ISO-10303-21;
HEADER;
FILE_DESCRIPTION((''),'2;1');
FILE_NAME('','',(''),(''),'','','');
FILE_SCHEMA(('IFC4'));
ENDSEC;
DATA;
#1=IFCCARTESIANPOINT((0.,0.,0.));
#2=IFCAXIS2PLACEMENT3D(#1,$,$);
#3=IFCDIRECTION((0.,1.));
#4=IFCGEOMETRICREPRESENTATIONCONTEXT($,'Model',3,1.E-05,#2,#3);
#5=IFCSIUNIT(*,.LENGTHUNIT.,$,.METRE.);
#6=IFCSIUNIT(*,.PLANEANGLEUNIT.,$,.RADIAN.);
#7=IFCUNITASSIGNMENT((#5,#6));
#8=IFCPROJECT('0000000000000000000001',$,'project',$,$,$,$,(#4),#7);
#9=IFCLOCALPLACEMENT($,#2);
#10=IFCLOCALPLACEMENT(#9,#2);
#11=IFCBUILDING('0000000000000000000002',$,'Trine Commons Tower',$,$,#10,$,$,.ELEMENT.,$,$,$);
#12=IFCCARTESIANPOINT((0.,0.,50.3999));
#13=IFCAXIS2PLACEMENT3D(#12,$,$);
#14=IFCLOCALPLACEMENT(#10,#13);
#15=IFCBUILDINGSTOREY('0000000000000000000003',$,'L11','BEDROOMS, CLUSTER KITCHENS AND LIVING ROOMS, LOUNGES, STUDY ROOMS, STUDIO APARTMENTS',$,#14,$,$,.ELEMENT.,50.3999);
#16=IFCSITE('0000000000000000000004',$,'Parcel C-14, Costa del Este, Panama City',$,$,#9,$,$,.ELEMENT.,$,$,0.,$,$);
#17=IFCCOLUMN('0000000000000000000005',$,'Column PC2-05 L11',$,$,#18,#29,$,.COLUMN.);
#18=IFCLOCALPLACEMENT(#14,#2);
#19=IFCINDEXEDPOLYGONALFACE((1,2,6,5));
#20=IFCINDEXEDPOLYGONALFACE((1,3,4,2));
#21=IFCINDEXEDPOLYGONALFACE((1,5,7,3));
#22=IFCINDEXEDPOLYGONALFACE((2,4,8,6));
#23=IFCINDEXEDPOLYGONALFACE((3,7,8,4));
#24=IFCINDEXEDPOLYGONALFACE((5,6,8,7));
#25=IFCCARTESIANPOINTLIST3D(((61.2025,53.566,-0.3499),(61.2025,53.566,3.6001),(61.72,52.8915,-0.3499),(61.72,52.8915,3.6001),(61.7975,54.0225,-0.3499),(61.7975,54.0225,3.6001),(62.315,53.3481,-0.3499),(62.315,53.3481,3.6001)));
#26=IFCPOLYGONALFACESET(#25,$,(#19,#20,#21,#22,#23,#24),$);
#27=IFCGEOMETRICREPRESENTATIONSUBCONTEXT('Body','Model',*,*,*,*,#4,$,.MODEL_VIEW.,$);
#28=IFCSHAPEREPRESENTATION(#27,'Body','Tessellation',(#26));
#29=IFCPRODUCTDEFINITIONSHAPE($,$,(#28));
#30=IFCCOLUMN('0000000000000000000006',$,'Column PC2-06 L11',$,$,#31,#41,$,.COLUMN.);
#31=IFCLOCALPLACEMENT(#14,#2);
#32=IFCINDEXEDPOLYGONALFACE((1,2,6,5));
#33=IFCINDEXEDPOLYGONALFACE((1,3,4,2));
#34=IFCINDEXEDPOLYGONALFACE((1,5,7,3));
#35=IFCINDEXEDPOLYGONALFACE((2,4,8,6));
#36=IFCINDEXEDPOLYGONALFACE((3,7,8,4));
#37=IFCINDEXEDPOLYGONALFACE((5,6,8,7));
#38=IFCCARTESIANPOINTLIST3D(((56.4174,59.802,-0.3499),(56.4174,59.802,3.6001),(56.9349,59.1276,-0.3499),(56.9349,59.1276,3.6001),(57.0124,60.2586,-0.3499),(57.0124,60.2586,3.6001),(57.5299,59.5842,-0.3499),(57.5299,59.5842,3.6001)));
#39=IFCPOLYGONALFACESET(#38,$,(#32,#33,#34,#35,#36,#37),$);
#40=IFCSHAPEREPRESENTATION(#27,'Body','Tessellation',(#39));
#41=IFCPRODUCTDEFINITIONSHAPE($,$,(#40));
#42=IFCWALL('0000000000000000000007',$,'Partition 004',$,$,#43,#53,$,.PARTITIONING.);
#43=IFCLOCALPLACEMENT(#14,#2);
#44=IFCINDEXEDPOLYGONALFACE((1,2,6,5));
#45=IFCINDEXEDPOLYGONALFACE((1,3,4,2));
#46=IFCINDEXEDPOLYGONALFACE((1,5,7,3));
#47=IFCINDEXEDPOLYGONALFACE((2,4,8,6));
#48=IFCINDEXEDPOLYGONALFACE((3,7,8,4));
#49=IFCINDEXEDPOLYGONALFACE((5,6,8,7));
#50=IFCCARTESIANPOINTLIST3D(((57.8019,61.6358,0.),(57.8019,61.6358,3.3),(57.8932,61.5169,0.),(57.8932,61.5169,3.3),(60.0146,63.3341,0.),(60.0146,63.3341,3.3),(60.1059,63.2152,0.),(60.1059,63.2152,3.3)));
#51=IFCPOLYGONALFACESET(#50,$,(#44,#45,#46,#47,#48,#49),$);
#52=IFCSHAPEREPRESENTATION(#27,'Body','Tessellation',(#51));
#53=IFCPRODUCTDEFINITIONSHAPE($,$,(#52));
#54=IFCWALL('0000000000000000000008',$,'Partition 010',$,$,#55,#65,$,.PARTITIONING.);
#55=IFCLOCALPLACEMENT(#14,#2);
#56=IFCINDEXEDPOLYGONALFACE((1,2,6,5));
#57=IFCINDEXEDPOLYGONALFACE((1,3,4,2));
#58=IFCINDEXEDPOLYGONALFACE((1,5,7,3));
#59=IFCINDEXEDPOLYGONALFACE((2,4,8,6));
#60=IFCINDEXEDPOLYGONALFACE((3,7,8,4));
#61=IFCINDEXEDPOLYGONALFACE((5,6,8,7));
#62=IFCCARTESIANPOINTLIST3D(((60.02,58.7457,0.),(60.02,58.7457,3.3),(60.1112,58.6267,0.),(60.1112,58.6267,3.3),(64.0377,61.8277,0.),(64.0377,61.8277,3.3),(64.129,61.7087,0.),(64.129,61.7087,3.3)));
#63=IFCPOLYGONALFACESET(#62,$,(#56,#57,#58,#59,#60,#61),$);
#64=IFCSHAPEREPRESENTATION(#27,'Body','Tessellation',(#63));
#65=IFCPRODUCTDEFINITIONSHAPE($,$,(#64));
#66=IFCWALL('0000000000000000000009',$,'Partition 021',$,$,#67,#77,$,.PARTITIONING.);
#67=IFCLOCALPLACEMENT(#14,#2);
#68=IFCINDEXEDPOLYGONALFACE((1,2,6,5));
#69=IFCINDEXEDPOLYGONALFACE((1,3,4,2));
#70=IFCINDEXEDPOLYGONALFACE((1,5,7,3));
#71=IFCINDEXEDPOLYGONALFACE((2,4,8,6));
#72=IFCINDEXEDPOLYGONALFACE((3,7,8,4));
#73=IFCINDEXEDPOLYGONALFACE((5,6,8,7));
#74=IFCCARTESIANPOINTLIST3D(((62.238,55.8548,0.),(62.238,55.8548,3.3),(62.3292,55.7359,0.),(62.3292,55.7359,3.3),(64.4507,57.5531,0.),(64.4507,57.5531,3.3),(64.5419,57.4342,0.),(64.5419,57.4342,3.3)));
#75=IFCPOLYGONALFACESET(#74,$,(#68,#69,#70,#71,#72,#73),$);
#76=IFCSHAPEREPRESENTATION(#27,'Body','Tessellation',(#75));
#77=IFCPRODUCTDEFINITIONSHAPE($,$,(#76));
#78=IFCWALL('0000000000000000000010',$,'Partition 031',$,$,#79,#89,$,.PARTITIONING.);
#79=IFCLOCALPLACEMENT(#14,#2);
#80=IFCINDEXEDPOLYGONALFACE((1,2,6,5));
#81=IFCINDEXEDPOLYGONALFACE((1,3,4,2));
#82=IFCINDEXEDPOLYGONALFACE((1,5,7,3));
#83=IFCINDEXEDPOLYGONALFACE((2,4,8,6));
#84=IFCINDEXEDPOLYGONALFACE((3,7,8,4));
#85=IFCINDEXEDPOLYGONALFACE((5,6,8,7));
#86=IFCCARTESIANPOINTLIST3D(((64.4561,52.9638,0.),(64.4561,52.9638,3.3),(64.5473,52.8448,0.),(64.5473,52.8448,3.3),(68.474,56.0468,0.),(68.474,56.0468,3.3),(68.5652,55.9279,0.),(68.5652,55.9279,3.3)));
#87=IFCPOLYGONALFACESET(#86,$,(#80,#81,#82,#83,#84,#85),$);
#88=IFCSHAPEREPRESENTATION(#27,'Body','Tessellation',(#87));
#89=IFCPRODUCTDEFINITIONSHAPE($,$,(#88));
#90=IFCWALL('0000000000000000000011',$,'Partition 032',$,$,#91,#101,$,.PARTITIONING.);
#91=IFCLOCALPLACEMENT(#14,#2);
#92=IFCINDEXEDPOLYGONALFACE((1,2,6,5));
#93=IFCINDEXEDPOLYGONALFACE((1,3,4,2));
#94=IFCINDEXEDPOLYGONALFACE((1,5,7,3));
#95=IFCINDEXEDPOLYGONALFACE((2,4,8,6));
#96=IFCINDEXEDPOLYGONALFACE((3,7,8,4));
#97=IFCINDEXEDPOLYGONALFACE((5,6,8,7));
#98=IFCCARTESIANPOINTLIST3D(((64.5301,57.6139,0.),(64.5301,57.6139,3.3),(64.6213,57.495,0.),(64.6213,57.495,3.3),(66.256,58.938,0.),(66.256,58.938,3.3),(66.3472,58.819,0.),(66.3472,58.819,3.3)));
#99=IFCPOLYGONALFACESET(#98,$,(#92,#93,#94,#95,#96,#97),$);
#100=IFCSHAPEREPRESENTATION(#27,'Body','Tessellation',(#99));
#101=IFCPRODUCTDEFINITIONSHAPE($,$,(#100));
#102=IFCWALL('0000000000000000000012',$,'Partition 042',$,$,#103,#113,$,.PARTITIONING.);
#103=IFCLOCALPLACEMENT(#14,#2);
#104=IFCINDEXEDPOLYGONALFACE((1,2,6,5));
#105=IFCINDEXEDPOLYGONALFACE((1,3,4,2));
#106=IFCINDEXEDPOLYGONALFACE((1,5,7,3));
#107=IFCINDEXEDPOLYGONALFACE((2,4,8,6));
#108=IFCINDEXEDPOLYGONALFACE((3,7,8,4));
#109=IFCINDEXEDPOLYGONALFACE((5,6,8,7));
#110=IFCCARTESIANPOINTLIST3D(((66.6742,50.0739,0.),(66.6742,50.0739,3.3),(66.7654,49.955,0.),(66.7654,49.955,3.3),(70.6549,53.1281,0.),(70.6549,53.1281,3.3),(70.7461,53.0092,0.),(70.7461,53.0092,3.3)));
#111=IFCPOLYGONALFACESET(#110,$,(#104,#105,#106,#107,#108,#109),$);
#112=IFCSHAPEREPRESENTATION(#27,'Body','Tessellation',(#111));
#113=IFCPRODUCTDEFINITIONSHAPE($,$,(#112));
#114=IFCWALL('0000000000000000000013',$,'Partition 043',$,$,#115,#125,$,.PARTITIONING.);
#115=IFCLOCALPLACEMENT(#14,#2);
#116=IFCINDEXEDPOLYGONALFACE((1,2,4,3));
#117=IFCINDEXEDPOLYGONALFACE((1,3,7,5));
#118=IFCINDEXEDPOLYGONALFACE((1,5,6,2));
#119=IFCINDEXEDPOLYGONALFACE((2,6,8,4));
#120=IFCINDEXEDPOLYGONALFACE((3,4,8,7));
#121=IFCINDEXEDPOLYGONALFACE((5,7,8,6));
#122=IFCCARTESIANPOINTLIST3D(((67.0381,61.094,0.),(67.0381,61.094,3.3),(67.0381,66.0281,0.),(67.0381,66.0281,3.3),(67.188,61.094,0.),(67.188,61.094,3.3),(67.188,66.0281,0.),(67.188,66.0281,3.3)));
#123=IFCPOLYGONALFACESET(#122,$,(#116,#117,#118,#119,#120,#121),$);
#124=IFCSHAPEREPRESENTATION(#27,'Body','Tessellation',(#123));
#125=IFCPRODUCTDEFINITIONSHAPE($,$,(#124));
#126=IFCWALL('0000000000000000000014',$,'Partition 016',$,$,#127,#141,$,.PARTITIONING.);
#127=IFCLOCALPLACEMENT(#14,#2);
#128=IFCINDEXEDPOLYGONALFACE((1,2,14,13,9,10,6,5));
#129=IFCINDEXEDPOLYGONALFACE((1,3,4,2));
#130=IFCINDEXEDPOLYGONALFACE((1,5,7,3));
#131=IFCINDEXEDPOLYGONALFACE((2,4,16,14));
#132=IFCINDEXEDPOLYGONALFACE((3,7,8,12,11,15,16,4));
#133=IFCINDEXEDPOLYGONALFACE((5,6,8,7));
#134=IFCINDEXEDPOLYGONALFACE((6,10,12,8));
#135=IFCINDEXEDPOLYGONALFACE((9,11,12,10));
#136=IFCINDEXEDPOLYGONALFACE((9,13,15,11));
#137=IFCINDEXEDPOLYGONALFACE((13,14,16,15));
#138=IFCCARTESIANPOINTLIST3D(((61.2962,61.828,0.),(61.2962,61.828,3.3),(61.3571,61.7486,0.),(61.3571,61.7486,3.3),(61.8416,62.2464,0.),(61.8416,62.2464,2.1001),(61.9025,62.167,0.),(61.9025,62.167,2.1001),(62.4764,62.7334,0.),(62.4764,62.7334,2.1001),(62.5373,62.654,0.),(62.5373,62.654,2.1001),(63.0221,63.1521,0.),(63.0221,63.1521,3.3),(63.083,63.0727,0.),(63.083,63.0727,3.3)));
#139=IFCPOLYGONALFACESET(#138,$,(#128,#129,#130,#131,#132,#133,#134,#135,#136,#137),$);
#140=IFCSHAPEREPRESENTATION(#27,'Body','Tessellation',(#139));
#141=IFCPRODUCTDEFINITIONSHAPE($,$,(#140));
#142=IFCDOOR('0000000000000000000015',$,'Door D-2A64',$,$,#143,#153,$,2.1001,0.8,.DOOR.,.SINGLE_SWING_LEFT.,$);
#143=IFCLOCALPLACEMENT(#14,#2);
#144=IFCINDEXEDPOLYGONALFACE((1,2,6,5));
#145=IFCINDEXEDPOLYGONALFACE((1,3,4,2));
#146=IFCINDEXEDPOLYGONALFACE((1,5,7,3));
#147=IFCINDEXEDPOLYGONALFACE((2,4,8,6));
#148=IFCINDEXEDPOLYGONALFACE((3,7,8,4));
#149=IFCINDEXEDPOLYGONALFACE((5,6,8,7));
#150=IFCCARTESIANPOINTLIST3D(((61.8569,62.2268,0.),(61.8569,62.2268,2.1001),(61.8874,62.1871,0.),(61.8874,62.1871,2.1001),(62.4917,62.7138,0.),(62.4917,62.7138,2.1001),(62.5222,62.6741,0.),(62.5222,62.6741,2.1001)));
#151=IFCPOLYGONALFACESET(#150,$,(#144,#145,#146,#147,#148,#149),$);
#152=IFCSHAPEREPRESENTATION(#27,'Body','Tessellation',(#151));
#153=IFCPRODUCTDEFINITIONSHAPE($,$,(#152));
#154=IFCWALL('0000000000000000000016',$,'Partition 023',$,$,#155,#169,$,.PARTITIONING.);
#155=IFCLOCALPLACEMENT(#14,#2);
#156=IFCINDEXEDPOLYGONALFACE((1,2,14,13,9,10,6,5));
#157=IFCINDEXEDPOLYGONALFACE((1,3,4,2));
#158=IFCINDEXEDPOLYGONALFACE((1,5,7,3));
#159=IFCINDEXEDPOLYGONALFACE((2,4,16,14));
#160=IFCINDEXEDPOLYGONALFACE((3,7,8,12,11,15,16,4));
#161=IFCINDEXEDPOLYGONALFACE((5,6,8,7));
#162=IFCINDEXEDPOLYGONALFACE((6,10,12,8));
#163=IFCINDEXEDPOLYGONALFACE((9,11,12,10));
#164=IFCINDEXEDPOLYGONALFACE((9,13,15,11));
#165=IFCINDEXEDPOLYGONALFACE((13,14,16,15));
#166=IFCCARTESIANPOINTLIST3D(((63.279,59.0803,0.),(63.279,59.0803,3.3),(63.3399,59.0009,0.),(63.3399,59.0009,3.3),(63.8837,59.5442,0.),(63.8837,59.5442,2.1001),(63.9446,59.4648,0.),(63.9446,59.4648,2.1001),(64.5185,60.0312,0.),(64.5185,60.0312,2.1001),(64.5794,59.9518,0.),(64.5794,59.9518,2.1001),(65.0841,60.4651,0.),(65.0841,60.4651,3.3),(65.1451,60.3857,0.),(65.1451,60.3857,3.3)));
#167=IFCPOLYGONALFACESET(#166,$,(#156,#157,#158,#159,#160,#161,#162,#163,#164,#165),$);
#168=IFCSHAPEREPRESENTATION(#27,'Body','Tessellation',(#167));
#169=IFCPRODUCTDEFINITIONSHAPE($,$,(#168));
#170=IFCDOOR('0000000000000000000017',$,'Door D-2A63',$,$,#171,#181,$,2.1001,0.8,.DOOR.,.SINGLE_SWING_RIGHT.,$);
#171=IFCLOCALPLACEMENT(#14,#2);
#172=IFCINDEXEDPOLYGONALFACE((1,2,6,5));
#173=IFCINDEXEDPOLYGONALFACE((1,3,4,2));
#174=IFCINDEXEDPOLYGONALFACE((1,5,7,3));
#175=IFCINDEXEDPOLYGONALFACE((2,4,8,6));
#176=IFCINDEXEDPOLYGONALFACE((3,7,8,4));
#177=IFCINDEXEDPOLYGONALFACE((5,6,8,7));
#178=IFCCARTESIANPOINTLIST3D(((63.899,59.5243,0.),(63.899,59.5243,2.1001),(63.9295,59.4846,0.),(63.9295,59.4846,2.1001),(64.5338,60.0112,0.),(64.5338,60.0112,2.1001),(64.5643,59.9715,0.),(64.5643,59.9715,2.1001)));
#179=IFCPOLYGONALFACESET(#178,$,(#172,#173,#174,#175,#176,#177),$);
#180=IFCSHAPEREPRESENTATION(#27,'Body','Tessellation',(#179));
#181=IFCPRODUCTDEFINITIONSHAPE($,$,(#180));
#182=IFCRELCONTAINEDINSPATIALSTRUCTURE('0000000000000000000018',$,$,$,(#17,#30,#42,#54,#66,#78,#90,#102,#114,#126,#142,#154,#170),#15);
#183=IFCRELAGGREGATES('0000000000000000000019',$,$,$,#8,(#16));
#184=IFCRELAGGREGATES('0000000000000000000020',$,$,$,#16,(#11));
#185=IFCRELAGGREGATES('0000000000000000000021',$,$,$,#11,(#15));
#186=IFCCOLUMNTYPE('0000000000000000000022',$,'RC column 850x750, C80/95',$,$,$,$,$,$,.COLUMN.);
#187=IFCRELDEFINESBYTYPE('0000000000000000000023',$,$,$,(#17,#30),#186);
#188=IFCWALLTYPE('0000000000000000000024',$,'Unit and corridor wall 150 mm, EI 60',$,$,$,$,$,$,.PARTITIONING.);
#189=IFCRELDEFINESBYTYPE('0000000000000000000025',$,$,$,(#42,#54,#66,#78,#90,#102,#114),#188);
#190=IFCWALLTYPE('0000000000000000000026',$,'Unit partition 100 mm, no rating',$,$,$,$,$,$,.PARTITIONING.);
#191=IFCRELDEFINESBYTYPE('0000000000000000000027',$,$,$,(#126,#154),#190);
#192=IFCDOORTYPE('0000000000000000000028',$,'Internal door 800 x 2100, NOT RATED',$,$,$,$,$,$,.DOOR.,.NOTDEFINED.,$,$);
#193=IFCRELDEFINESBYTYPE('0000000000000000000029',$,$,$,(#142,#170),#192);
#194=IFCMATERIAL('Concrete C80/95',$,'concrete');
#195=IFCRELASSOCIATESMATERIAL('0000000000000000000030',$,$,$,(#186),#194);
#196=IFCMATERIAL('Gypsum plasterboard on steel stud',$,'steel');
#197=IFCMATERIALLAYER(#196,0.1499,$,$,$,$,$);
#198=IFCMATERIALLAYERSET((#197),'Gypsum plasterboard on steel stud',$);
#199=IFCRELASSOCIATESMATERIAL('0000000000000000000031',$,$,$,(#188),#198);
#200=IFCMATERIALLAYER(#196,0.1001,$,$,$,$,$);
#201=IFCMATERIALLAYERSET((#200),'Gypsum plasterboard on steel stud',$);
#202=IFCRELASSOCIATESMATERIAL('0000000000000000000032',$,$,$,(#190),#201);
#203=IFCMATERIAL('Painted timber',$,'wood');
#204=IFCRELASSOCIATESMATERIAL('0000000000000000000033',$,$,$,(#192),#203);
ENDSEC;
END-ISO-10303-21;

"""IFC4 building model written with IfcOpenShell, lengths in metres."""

from ifc_helpers import new_model, si_unit, direction, frame, frame_2d, origin, origin_2d, place, context, subcontext, project, spatial, rectangle, extrude, material, layer, layer_set, material_profile, profile_set, type_object, element, fill, save


model = new_model("IFC4")

# Units and contexts
model_context = context("Model", 3, precision=1e-05, world=origin(), true_north=direction((0.0, 1.0)))
body_context = subcontext(model_context, "Body", "Model", "MODEL_VIEW")
ifc_project = project(units=[si_unit("LENGTHUNIT", "METRE"), si_unit("PLANEANGLEUNIT", "RADIAN")], contexts=[model_context])

# Site, building, storey
site_placement = place(None, origin())
site = spatial("IfcSite", under=ifc_project, at=site_placement, Name="Parcel C-14, Costa del Este, Panama City", CompositionType="ELEMENT", RefElevation=0.0)
building_placement = place(site_placement, origin())
building = spatial("IfcBuilding", under=site, at=building_placement, Name="Trine Commons Tower", CompositionType="ELEMENT")
storey_placement = place(building_placement, frame((0.0, 0.0, 50.3999)))
storey = spatial("IfcBuildingStorey", under=building, at=storey_placement, Name="L11", Description="BEDROOMS, CLUSTER KITCHENS AND LIVING ROOMS, LOUNGES, STUDY ROOMS, STUDIO APARTMENTS", CompositionType="ELEMENT", Elevation=50.3999)

# Columns
ifc_material_1 = material(Name="Concrete C80/95", Category="concrete")
ifc_material_profile = material_profile(ifc_material_1, rectangle(XDim=0.8501, YDim=0.75, at=origin_2d()), Name="RC 850x750")
ifc_profile_set = profile_set([ifc_material_profile], Name="Concrete C80/95")
column_type = type_object("IfcColumnType", Name="RC column 850x750, C80/95", PredefinedType="COLUMN", material=ifc_profile_set)
for number, where, z_axis, x_axis, name in (
    (1, (61.7588, 53.457, -0.3499), (0.0, 0.0, 1.0), (-0.608761, 0.793353, 0.0), "Column PC2-05 L11"),
    (2, (56.9736, 59.6931, -0.3499), (0.0, 0.0, 1.0), (-0.608761, 0.793353, 0.0), "Column PC2-06 L11"),
):
    element("IfcColumn", number, at=place(storey_placement, frame(where, z_axis=z_axis, x_axis=x_axis)), inside=storey, type_object=column_type, Name=name, PredefinedType="COLUMN", context=body_context, shape_type="SweptSolid", body=[
        extrude(rectangle(XDim=0.8501, YDim=0.75, at=origin_2d()), origin(), (0.0, 0.0, 1.0), 3.95),
    ])

# Walls
ifc_material_2 = material(Name="Gypsum plasterboard on steel stud", Category="steel")
ifc_layer_1 = layer(ifc_material_2, 0.1499)
ifc_layer_set_1 = layer_set([ifc_layer_1], Name="Gypsum plasterboard on steel stud")
wall_type_1 = type_object("IfcWallType", Name="Unit and corridor wall 150 mm, EI 60", PredefinedType="PARTITIONING", material=ifc_layer_set_1)
wall_1_placement = place(storey_placement, frame((57.8477, 61.5764, 0.0), z_axis=(0.0, 0.0, 1.0), x_axis=(0.793281, 0.608856, 0.0)))
element("IfcWall", 3, at=wall_1_placement, inside=storey, type_object=wall_type_1, Name="Partition 004", PredefinedType="PARTITIONING", context=body_context, shape_type="SweptSolid", body=[
    extrude(rectangle(XDim=2.7893, YDim=0.1499, at=frame_2d((1.3945, 0.0))), origin(), (0.0, 0.0, 1.0), 3.3),
])
wall_2_placement = place(storey_placement, frame((60.0657, 58.6863, 0.0), z_axis=(0.0, 0.0, 1.0), x_axis=(0.793444, 0.608643, 0.0)))
element("IfcWall", 4, at=wall_2_placement, inside=storey, type_object=wall_type_1, Name="Partition 010", PredefinedType="PARTITIONING", context=body_context, shape_type="SweptSolid", body=[
    extrude(rectangle(XDim=5.0637, YDim=0.1499, at=frame_2d((2.5317, 0.0))), origin(), (0.0, 0.0, 1.0), 3.3),
])
wall_3_placement = place(storey_placement, frame((62.2837, 55.7954, 0.0), z_axis=(0.0, 0.0, 1.0), x_axis=(0.793281, 0.608856, 0.0)))
element("IfcWall", 5, at=wall_3_placement, inside=storey, type_object=wall_type_1, Name="Partition 021", PredefinedType="PARTITIONING", context=body_context, shape_type="SweptSolid", body=[
    extrude(rectangle(XDim=2.7893, YDim=0.1499, at=frame_2d((1.3945, 0.0))), origin(), (0.0, 0.0, 1.0), 3.3),
])
wall_4_placement = place(storey_placement, frame((64.5017, 52.9043, 0.0), z_axis=(0.0, 0.0, 1.0), x_axis=(0.793351, 0.608764, 0.0)))
element("IfcWall", 6, at=wall_4_placement, inside=storey, type_object=wall_type_1, Name="Partition 031", PredefinedType="PARTITIONING", context=body_context, shape_type="SweptSolid", body=[
    extrude(rectangle(XDim=5.0645, YDim=0.1499, at=frame_2d((2.5322, 0.0))), origin(), (0.0, 0.0, 1.0), 3.3),
])
wall_5_placement = place(storey_placement, frame((64.5757, 57.5544, 0.0), z_axis=(0.0, 0.0, 1.0), x_axis=(0.79342, 0.608674, 0.0)))
element("IfcWall", 7, at=wall_5_placement, inside=storey, type_object=wall_type_1, Name="Partition 032", PredefinedType="PARTITIONING", context=body_context, shape_type="SweptSolid", body=[
    extrude(rectangle(XDim=2.1753, YDim=0.1499, at=frame_2d((1.0876, 0.0))), origin(), (0.0, 0.0, 1.0), 3.3),
])
wall_6_placement = place(storey_placement, frame((66.7197, 50.0144, 0.0), z_axis=(0.0, 0.0, 1.0), x_axis=(0.793383, 0.608723, 0.0)))
element("IfcWall", 8, at=wall_6_placement, inside=storey, type_object=wall_type_1, Name="Partition 042", PredefinedType="PARTITIONING", context=body_context, shape_type="SweptSolid", body=[
    extrude(rectangle(XDim=5.0173, YDim=0.1499, at=frame_2d((2.5088, 0.0))), origin(), (0.0, 0.0, 1.0), 3.3),
])
wall_7_placement = place(storey_placement, frame((67.113, 61.094, 0.0), z_axis=(0.0, 0.0, 1.0), x_axis=(0.0, 1.0, 0.0)))
element("IfcWall", 9, at=wall_7_placement, inside=storey, type_object=wall_type_1, Name="Partition 043", PredefinedType="PARTITIONING", context=body_context, shape_type="SweptSolid", body=[
    extrude(rectangle(XDim=4.9341, YDim=0.1499, at=frame_2d((2.467, 0.0))), origin(), (0.0, 0.0, 1.0), 3.3),
])

# Walls, openings, doors
ifc_layer_2 = layer(ifc_material_2, 0.1001)
ifc_layer_set_2 = layer_set([ifc_layer_2], Name="Gypsum plasterboard on steel stud")
wall_type_2 = type_object("IfcWallType", Name="Unit partition 100 mm, no rating", PredefinedType="PARTITIONING", material=ifc_layer_set_2)
wall_8_placement = place(storey_placement, frame((61.3267, 61.7883, 0.0), z_axis=(0.0, 0.0, 1.0), x_axis=(0.79342, 0.608674, 0.0)))
wall_8 = element("IfcWall", 10, at=wall_8_placement, inside=storey, type_object=wall_type_2, Name="Partition 016", PredefinedType="PARTITIONING", context=body_context, shape_type="SweptSolid", body=[
    extrude(rectangle(XDim=2.1753, YDim=0.1001, at=frame_2d((1.0876, 0.0))), origin(), (0.0, 0.0, 1.0), 3.3),
])
opening_1_placement = place(wall_8_placement, frame((0.6875, 0.0, 0.0)))
opening_1 = element("IfcOpeningElement", 11, at=opening_1_placement, cuts=wall_8, PredefinedType="OPENING", context=body_context, shape_type="SweptSolid", body=[
    extrude(rectangle(XDim=0.8, YDim=2.1001, at=frame_2d((0.3999, 1.05))), frame((0.0, 0.0601, 0.0), z_axis=(0.0, -1.0, 0.0), x_axis=(1.0, 0.0, 0.0)), (0.0, 0.0, 1.0), 0.1201),
])
ifc_material_3 = material(Name="Painted timber", Category="wood")
door_type = type_object("IfcDoorType", Name="Internal door 800 x 2100, NOT RATED", OperationType="NOTDEFINED", PredefinedType="DOOR", material=ifc_material_3)
door_1_placement = place(opening_1_placement, frame((0.8, 0.0, 0.0), z_axis=(0.0, 0.0, 1.0), x_axis=(-1.0, 0.0, 0.0)))
door_1 = element("IfcDoor", 12, at=door_1_placement, inside=storey, type_object=door_type, Name="Door D-2A64", OperationType="SINGLE_SWING_LEFT", OverallHeight=2.1001, OverallWidth=0.8, PredefinedType="DOOR", context=body_context, shape_type="SweptSolid", body=[
    extrude(rectangle(XDim=0.8, YDim=2.1001, at=frame_2d((0.3999, 1.05))), frame((0.0, 0.0249, 0.0), z_axis=(0.0, -1.0, 0.0), x_axis=(1.0, 0.0, 0.0)), (0.0, 0.0, 1.0), 0.05),
])
fill(opening_1, door_1)
wall_9_placement = place(storey_placement, frame((63.3093, 59.0405, 0.0), z_axis=(0.0, 0.0, 1.0), x_axis=(0.793437, 0.608652, 0.0)))
wall_9 = element("IfcWall", 13, at=wall_9_placement, inside=storey, type_object=wall_type_2, Name="Partition 023", PredefinedType="PARTITIONING", context=body_context, shape_type="SweptSolid", body=[
    extrude(rectangle(XDim=2.2751, YDim=0.1001, at=frame_2d((1.1377, 0.0))), origin(), (0.0, 0.0, 1.0), 3.3),
])
opening_2_placement = place(wall_9_placement, frame((0.7625, 0.0, 0.0)))
opening_2 = element("IfcOpeningElement", 14, at=opening_2_placement, cuts=wall_9, PredefinedType="OPENING", context=body_context, shape_type="SweptSolid", body=[
    extrude(rectangle(XDim=0.8, YDim=2.1001, at=frame_2d((0.3999, 1.05))), frame((0.0, 0.0601, 0.0), z_axis=(0.0, -1.0, 0.0), x_axis=(1.0, 0.0, 0.0)), (0.0, 0.0, 1.0), 0.1201),
])
door_2_placement = place(opening_2_placement, origin())
door_2 = element("IfcDoor", 15, at=door_2_placement, inside=storey, type_object=door_type, Name="Door D-2A63", OperationType="SINGLE_SWING_RIGHT", OverallHeight=2.1001, OverallWidth=0.8, PredefinedType="DOOR", context=body_context, shape_type="SweptSolid", body=[
    extrude(rectangle(XDim=0.8, YDim=2.1001, at=frame_2d((0.3999, 1.05))), frame((0.0, 0.0249, 0.0), z_axis=(0.0, -1.0, 0.0), x_axis=(1.0, 0.0, 0.0)), (0.0, 0.0, 1.0), 0.05),
])
fill(opening_2, door_2)

save(model, "model.ifc")
